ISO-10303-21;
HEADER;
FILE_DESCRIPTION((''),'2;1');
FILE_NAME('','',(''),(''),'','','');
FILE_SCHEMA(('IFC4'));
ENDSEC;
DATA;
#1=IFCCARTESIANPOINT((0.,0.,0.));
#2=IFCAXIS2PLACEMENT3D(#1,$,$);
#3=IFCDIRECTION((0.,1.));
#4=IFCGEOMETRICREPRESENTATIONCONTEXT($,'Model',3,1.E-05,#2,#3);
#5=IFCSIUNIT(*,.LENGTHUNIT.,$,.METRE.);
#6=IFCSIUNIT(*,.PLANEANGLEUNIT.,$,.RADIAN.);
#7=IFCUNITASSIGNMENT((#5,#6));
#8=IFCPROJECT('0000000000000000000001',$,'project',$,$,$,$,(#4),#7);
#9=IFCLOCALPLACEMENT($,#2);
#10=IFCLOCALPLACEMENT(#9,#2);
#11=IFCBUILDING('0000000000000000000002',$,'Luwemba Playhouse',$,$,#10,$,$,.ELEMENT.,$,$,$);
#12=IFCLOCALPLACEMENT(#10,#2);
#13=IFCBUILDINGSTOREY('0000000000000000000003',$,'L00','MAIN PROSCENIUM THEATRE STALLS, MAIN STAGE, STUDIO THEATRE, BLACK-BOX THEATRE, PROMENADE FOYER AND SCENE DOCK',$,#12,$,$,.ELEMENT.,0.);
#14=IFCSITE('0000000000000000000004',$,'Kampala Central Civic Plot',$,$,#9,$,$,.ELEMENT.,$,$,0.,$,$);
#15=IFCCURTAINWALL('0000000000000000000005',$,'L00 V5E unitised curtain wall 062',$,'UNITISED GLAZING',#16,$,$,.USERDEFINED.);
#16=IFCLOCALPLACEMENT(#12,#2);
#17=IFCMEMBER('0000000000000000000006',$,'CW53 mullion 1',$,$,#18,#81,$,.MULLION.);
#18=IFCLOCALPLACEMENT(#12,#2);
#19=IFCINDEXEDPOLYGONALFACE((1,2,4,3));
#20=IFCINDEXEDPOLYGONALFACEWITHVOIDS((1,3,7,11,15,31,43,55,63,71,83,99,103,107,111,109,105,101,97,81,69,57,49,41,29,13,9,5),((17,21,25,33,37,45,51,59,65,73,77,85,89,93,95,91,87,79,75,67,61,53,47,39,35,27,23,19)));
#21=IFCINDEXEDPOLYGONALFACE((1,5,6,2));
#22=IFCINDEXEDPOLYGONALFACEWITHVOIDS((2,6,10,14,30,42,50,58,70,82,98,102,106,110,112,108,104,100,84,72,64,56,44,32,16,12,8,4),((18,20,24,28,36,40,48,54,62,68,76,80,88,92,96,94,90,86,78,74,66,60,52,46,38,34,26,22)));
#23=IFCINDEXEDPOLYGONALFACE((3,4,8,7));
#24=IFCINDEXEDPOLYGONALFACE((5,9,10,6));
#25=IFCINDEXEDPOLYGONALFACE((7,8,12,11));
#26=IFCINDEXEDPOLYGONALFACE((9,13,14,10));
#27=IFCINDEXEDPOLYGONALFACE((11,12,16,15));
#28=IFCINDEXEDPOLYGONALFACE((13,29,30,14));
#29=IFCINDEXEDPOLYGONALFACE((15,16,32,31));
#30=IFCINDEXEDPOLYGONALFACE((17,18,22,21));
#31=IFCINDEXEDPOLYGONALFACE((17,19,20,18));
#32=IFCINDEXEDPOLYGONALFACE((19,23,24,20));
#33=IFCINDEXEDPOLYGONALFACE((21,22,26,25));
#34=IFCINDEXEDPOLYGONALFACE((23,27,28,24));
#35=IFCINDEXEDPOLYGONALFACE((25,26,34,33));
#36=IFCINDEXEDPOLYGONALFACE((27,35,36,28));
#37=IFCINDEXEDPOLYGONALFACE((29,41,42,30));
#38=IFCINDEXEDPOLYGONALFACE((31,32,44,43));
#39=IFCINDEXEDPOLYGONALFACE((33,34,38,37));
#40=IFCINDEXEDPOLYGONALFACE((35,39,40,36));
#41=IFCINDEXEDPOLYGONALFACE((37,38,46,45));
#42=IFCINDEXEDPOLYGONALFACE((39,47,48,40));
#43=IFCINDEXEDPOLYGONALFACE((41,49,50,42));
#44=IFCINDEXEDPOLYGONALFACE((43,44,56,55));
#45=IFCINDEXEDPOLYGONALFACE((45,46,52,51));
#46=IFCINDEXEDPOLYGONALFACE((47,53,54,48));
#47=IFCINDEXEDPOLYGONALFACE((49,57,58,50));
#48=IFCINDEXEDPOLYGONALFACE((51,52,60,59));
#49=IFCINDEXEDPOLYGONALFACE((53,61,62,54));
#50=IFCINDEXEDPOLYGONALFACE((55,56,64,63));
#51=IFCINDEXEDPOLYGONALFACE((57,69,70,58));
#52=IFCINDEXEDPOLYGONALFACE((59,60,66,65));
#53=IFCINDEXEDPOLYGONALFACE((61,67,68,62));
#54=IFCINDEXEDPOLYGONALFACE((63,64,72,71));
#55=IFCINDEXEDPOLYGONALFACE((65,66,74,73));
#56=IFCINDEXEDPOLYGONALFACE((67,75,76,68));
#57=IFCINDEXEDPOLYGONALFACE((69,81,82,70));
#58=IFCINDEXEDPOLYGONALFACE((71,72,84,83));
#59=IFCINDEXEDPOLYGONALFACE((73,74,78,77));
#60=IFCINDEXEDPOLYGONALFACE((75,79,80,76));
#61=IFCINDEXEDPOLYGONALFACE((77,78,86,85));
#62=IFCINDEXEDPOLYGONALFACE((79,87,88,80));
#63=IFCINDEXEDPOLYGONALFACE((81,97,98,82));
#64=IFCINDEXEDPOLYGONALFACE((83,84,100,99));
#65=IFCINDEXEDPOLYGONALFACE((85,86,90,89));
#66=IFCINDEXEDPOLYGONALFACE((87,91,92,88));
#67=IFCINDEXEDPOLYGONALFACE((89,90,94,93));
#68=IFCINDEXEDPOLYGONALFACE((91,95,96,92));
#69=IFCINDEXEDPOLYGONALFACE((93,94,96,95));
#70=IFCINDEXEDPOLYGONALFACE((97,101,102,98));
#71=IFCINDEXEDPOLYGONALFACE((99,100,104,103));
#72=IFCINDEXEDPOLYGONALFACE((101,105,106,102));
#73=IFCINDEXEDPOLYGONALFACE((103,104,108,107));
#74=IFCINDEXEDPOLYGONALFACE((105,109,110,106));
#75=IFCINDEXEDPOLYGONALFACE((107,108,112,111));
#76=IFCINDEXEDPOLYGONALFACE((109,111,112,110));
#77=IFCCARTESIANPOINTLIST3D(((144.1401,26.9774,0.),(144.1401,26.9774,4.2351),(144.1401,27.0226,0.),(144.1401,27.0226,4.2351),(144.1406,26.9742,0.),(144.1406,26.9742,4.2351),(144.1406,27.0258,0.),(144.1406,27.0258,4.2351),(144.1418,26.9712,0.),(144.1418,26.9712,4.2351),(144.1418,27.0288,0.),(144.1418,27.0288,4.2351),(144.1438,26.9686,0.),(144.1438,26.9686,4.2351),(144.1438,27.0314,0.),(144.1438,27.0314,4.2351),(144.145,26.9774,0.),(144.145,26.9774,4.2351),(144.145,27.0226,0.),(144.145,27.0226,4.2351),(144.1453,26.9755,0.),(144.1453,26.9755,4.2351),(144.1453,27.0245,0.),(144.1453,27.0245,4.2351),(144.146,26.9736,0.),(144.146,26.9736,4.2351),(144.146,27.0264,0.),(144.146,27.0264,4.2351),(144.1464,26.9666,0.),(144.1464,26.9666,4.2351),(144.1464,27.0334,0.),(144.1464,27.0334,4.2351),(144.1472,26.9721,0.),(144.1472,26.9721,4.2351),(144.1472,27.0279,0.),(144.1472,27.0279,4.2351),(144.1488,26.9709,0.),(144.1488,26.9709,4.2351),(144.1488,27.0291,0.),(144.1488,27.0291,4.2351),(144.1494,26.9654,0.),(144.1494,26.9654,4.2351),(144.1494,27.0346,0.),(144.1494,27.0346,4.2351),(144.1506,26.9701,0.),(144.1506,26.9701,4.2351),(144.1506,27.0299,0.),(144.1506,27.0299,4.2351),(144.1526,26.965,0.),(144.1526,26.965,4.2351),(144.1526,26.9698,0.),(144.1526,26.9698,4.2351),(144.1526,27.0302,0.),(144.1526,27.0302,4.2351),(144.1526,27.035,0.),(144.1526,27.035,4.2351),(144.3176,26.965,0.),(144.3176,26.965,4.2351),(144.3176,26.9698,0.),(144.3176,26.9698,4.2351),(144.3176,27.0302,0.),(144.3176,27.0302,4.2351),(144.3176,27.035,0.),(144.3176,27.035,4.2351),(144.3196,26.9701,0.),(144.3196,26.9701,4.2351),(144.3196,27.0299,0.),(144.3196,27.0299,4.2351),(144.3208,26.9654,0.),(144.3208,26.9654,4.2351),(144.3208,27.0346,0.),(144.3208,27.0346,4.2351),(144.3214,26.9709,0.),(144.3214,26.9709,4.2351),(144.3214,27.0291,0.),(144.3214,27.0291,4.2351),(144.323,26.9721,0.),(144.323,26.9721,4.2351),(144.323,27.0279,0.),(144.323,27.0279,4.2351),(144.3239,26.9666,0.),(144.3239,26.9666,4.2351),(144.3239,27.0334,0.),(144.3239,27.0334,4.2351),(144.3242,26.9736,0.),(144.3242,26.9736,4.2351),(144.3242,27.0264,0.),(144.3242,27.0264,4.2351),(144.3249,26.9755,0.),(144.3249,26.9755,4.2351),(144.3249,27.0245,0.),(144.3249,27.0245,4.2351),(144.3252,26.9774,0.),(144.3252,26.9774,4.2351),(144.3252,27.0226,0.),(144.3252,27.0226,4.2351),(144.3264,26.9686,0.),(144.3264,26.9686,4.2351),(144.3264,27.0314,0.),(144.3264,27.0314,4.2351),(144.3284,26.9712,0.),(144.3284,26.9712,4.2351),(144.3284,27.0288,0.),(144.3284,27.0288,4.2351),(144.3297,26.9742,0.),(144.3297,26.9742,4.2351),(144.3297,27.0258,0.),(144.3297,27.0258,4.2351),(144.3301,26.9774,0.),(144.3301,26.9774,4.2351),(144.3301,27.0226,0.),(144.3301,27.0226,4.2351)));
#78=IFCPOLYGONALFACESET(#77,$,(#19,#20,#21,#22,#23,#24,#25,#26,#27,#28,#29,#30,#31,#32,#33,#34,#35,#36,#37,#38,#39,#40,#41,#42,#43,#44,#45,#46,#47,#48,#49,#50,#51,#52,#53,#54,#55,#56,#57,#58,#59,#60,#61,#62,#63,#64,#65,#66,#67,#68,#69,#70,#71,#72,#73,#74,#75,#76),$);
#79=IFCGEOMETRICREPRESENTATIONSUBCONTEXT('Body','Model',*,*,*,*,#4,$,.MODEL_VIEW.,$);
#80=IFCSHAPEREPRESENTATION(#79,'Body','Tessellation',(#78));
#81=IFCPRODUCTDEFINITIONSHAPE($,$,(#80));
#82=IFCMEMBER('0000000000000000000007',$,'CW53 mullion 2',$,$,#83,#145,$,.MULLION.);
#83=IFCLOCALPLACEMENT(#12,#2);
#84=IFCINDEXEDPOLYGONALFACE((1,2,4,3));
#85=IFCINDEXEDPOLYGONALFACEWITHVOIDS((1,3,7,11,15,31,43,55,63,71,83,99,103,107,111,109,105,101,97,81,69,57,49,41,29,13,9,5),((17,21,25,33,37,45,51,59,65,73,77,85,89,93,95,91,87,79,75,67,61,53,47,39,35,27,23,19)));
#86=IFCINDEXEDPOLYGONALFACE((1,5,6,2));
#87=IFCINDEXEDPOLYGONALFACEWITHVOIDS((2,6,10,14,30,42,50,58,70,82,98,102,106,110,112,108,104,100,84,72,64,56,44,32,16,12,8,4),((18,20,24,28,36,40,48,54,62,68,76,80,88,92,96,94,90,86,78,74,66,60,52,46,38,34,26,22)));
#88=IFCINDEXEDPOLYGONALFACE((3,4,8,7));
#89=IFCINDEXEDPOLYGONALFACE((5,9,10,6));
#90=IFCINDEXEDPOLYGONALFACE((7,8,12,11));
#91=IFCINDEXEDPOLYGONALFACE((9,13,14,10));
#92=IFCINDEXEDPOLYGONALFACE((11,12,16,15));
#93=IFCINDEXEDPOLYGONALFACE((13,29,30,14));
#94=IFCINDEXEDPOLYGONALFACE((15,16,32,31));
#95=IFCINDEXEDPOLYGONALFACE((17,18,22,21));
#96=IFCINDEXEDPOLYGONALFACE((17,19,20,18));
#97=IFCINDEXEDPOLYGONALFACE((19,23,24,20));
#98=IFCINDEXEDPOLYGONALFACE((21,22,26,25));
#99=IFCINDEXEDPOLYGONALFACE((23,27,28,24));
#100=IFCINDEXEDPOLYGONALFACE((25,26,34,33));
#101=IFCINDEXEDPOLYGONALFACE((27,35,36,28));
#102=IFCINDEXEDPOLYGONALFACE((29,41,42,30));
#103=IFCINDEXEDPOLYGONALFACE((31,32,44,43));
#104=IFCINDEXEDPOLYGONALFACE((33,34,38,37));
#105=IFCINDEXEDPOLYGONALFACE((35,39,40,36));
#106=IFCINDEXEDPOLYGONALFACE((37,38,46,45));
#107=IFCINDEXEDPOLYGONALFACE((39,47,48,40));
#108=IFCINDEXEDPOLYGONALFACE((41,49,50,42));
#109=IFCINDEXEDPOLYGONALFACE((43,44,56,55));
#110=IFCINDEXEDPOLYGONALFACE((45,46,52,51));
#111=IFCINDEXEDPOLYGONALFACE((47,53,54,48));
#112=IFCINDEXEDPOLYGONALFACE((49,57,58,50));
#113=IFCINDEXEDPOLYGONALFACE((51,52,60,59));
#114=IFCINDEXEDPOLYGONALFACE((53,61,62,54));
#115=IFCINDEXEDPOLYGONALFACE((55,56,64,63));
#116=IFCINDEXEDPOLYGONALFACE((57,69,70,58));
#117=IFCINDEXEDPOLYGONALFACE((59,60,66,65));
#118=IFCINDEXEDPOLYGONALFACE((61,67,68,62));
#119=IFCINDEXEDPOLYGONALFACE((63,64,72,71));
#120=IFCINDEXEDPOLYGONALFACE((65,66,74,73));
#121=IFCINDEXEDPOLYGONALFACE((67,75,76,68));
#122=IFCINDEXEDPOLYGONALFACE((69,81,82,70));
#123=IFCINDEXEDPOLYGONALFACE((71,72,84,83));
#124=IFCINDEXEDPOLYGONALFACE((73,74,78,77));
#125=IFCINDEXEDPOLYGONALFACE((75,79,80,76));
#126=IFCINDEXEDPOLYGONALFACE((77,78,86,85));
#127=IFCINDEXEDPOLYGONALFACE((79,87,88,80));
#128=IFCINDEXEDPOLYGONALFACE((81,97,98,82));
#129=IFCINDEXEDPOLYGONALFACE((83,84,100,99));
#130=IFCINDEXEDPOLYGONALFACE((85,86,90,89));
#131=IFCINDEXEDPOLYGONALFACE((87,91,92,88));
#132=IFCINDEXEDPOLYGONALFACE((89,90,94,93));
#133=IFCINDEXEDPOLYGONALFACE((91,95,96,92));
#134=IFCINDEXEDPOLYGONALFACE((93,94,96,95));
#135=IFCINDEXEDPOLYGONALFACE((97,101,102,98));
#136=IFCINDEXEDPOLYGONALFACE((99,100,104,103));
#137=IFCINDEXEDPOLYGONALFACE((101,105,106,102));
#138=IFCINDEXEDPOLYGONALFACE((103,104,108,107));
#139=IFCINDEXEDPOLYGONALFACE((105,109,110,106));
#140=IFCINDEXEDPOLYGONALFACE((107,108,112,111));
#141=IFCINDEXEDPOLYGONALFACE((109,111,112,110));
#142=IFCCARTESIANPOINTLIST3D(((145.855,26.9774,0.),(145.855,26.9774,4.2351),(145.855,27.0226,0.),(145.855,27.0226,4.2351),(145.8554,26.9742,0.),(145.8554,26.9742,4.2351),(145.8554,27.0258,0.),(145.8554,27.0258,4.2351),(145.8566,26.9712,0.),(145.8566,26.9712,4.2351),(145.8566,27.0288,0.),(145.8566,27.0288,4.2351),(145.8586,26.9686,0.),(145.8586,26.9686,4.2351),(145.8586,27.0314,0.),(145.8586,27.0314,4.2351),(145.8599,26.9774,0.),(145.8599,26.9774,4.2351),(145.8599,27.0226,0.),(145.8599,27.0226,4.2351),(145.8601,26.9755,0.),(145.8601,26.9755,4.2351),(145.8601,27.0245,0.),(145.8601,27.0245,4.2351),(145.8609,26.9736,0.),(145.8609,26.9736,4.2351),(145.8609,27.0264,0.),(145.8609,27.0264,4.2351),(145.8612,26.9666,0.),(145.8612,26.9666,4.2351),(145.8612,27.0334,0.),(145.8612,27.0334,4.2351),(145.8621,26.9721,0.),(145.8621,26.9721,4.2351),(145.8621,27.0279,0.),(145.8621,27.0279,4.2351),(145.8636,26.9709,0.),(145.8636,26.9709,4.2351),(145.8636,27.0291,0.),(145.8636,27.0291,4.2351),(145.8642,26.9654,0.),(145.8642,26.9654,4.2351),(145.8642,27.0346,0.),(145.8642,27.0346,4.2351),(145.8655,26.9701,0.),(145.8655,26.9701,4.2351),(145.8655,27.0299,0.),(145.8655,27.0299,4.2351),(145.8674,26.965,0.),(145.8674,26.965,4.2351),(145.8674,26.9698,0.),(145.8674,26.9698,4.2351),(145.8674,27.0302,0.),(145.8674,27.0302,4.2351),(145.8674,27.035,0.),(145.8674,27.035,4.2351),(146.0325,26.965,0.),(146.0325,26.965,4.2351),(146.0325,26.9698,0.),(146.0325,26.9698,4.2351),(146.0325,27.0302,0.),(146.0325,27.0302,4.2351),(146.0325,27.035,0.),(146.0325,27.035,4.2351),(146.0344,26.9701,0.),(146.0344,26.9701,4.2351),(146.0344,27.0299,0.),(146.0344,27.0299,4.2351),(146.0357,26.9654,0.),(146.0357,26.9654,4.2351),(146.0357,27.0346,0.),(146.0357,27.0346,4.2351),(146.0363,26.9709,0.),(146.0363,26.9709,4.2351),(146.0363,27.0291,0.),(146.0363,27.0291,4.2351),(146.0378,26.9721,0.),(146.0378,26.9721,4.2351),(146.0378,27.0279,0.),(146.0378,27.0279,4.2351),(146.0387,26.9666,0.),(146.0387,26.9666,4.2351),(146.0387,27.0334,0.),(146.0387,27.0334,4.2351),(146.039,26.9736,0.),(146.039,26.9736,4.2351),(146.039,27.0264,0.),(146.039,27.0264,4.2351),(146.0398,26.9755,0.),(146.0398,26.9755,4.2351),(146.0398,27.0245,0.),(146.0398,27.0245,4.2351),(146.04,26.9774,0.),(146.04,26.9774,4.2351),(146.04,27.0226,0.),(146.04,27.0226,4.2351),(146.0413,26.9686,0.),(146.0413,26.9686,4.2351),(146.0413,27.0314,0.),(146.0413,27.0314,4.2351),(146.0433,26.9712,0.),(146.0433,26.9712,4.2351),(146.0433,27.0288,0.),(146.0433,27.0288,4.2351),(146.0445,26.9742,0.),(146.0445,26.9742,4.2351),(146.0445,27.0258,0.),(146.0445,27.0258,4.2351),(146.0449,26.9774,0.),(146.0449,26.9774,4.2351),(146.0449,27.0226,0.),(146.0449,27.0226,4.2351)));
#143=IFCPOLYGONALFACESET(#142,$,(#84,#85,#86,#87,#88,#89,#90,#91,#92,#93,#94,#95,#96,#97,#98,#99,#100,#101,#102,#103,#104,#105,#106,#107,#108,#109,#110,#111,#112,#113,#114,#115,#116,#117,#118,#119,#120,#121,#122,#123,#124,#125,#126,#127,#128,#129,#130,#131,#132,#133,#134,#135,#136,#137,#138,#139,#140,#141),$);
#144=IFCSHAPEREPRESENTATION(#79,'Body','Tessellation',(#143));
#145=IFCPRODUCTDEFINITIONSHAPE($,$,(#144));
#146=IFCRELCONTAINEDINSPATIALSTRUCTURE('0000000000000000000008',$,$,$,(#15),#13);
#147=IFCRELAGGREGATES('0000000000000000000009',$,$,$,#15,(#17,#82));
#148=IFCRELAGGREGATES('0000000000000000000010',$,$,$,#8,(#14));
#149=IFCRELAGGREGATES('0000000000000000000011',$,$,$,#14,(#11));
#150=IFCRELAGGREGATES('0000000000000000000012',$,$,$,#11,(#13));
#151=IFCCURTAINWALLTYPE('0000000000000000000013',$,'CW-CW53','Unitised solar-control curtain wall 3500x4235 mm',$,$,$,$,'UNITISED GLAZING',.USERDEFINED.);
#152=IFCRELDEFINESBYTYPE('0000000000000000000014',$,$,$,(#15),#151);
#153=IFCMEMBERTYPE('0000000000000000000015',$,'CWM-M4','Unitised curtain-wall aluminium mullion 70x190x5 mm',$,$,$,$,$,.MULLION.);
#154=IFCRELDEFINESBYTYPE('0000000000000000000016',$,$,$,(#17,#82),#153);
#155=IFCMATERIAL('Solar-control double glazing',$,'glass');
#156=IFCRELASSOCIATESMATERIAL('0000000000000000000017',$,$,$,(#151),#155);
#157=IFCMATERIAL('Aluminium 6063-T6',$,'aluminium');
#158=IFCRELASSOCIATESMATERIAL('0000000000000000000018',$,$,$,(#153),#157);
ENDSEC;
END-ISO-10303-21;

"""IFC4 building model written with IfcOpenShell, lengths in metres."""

from ifc_helpers import new_model, si_unit, direction, frame, origin, origin_2d, place, context, subcontext, project, spatial, hollow_rectangle, extrude, material, material_profile, profile_set, type_object, element, aggregate, save


model = new_model("IFC4")

# Units and contexts
model_context = context("Model", 3, precision=1e-05, world=origin(), true_north=direction((0.0, 1.0)))
body_context = subcontext(model_context, "Body", "Model", "MODEL_VIEW")
ifc_project = project(units=[si_unit("LENGTHUNIT", "METRE"), si_unit("PLANEANGLEUNIT", "RADIAN")], contexts=[model_context])

# Site, building, storey
site_placement = place(None, origin())
site = spatial("IfcSite", under=ifc_project, at=site_placement, Name="Kampala Central Civic Plot", CompositionType="ELEMENT", RefElevation=0.0)
building_placement = place(site_placement, origin())
building = spatial("IfcBuilding", under=site, at=building_placement, Name="Luwemba Playhouse", CompositionType="ELEMENT")
storey_placement = place(building_placement, origin())
storey = spatial("IfcBuildingStorey", under=building, at=storey_placement, Name="L00", Description="MAIN PROSCENIUM THEATRE STALLS, MAIN STAGE, STUDIO THEATRE, BLACK-BOX THEATRE, PROMENADE FOYER AND SCENE DOCK", CompositionType="ELEMENT", Elevation=0.0)

# Curtain wall, members
ifc_material_1 = material(Name="Solar-control double glazing", Category="glass")
curtain_wall_type = type_object("IfcCurtainWallType", Name="CW-CW53", Description="Unitised solar-control curtain wall 3500x4235 mm", ElementType="UNITISED GLAZING", PredefinedType="USERDEFINED", material=ifc_material_1)
curtain_wall_placement = place(storey_placement, origin())
curtain_wall = element("IfcCurtainWall", 1, at=curtain_wall_placement, inside=storey, type_object=curtain_wall_type, Name="L00 V5E unitised curtain wall 062", ObjectType="UNITISED GLAZING", PredefinedType="USERDEFINED")
ifc_material_2 = material(Name="Aluminium 6063-T6", Category="aluminium")
ifc_material_profile_1 = material_profile(ifc_material_2, hollow_rectangle(XDim=0.0701, YDim=0.1899, WallThickness=0.0049, InnerFilletRadius=0.0076, OuterFilletRadius=0.0125, at=origin_2d()))
ifc_profile_set_1 = profile_set([ifc_material_profile_1], Name="Aluminium 6063-T6")
member_type_1 = type_object("IfcMemberType", Name="CWM-M4", Description="Unitised curtain-wall aluminium mullion 70x190x5 mm", PredefinedType="MULLION", material=ifc_profile_set_1)
member_1_placement = place(storey_placement, frame((144.2351, 27.0, 0.0), z_axis=(0.0, 0.0, 1.0), x_axis=(0.0, 1.0, 0.0)))
member_1 = element("IfcMember", 2, at=member_1_placement, type_object=member_type_1, Name="CW53 mullion 1", PredefinedType="MULLION", context=body_context, shape_type="SweptSolid", body=[
    extrude(hollow_rectangle(XDim=0.0701, YDim=0.1899, WallThickness=0.0049, InnerFilletRadius=0.0076, OuterFilletRadius=0.0125, at=origin_2d()), origin(), (0.0, 0.0, 1.0), 4.2351),
])
member_2_placement = place(storey_placement, frame((145.95, 27.0, 0.0), z_axis=(0.0, 0.0, 1.0), x_axis=(0.0, 1.0, 0.0)))
member_2 = element("IfcMember", 3, at=member_2_placement, type_object=member_type_1, Name="CW53 mullion 2", PredefinedType="MULLION", context=body_context, shape_type="SweptSolid", body=[
    extrude(hollow_rectangle(XDim=0.0701, YDim=0.1899, WallThickness=0.0049, InnerFilletRadius=0.0076, OuterFilletRadius=0.0125, at=origin_2d()), origin(), (0.0, 0.0, 1.0), 4.2351),
])
aggregate(curtain_wall, [member_1, member_2])

save(model, "model.ifc")
